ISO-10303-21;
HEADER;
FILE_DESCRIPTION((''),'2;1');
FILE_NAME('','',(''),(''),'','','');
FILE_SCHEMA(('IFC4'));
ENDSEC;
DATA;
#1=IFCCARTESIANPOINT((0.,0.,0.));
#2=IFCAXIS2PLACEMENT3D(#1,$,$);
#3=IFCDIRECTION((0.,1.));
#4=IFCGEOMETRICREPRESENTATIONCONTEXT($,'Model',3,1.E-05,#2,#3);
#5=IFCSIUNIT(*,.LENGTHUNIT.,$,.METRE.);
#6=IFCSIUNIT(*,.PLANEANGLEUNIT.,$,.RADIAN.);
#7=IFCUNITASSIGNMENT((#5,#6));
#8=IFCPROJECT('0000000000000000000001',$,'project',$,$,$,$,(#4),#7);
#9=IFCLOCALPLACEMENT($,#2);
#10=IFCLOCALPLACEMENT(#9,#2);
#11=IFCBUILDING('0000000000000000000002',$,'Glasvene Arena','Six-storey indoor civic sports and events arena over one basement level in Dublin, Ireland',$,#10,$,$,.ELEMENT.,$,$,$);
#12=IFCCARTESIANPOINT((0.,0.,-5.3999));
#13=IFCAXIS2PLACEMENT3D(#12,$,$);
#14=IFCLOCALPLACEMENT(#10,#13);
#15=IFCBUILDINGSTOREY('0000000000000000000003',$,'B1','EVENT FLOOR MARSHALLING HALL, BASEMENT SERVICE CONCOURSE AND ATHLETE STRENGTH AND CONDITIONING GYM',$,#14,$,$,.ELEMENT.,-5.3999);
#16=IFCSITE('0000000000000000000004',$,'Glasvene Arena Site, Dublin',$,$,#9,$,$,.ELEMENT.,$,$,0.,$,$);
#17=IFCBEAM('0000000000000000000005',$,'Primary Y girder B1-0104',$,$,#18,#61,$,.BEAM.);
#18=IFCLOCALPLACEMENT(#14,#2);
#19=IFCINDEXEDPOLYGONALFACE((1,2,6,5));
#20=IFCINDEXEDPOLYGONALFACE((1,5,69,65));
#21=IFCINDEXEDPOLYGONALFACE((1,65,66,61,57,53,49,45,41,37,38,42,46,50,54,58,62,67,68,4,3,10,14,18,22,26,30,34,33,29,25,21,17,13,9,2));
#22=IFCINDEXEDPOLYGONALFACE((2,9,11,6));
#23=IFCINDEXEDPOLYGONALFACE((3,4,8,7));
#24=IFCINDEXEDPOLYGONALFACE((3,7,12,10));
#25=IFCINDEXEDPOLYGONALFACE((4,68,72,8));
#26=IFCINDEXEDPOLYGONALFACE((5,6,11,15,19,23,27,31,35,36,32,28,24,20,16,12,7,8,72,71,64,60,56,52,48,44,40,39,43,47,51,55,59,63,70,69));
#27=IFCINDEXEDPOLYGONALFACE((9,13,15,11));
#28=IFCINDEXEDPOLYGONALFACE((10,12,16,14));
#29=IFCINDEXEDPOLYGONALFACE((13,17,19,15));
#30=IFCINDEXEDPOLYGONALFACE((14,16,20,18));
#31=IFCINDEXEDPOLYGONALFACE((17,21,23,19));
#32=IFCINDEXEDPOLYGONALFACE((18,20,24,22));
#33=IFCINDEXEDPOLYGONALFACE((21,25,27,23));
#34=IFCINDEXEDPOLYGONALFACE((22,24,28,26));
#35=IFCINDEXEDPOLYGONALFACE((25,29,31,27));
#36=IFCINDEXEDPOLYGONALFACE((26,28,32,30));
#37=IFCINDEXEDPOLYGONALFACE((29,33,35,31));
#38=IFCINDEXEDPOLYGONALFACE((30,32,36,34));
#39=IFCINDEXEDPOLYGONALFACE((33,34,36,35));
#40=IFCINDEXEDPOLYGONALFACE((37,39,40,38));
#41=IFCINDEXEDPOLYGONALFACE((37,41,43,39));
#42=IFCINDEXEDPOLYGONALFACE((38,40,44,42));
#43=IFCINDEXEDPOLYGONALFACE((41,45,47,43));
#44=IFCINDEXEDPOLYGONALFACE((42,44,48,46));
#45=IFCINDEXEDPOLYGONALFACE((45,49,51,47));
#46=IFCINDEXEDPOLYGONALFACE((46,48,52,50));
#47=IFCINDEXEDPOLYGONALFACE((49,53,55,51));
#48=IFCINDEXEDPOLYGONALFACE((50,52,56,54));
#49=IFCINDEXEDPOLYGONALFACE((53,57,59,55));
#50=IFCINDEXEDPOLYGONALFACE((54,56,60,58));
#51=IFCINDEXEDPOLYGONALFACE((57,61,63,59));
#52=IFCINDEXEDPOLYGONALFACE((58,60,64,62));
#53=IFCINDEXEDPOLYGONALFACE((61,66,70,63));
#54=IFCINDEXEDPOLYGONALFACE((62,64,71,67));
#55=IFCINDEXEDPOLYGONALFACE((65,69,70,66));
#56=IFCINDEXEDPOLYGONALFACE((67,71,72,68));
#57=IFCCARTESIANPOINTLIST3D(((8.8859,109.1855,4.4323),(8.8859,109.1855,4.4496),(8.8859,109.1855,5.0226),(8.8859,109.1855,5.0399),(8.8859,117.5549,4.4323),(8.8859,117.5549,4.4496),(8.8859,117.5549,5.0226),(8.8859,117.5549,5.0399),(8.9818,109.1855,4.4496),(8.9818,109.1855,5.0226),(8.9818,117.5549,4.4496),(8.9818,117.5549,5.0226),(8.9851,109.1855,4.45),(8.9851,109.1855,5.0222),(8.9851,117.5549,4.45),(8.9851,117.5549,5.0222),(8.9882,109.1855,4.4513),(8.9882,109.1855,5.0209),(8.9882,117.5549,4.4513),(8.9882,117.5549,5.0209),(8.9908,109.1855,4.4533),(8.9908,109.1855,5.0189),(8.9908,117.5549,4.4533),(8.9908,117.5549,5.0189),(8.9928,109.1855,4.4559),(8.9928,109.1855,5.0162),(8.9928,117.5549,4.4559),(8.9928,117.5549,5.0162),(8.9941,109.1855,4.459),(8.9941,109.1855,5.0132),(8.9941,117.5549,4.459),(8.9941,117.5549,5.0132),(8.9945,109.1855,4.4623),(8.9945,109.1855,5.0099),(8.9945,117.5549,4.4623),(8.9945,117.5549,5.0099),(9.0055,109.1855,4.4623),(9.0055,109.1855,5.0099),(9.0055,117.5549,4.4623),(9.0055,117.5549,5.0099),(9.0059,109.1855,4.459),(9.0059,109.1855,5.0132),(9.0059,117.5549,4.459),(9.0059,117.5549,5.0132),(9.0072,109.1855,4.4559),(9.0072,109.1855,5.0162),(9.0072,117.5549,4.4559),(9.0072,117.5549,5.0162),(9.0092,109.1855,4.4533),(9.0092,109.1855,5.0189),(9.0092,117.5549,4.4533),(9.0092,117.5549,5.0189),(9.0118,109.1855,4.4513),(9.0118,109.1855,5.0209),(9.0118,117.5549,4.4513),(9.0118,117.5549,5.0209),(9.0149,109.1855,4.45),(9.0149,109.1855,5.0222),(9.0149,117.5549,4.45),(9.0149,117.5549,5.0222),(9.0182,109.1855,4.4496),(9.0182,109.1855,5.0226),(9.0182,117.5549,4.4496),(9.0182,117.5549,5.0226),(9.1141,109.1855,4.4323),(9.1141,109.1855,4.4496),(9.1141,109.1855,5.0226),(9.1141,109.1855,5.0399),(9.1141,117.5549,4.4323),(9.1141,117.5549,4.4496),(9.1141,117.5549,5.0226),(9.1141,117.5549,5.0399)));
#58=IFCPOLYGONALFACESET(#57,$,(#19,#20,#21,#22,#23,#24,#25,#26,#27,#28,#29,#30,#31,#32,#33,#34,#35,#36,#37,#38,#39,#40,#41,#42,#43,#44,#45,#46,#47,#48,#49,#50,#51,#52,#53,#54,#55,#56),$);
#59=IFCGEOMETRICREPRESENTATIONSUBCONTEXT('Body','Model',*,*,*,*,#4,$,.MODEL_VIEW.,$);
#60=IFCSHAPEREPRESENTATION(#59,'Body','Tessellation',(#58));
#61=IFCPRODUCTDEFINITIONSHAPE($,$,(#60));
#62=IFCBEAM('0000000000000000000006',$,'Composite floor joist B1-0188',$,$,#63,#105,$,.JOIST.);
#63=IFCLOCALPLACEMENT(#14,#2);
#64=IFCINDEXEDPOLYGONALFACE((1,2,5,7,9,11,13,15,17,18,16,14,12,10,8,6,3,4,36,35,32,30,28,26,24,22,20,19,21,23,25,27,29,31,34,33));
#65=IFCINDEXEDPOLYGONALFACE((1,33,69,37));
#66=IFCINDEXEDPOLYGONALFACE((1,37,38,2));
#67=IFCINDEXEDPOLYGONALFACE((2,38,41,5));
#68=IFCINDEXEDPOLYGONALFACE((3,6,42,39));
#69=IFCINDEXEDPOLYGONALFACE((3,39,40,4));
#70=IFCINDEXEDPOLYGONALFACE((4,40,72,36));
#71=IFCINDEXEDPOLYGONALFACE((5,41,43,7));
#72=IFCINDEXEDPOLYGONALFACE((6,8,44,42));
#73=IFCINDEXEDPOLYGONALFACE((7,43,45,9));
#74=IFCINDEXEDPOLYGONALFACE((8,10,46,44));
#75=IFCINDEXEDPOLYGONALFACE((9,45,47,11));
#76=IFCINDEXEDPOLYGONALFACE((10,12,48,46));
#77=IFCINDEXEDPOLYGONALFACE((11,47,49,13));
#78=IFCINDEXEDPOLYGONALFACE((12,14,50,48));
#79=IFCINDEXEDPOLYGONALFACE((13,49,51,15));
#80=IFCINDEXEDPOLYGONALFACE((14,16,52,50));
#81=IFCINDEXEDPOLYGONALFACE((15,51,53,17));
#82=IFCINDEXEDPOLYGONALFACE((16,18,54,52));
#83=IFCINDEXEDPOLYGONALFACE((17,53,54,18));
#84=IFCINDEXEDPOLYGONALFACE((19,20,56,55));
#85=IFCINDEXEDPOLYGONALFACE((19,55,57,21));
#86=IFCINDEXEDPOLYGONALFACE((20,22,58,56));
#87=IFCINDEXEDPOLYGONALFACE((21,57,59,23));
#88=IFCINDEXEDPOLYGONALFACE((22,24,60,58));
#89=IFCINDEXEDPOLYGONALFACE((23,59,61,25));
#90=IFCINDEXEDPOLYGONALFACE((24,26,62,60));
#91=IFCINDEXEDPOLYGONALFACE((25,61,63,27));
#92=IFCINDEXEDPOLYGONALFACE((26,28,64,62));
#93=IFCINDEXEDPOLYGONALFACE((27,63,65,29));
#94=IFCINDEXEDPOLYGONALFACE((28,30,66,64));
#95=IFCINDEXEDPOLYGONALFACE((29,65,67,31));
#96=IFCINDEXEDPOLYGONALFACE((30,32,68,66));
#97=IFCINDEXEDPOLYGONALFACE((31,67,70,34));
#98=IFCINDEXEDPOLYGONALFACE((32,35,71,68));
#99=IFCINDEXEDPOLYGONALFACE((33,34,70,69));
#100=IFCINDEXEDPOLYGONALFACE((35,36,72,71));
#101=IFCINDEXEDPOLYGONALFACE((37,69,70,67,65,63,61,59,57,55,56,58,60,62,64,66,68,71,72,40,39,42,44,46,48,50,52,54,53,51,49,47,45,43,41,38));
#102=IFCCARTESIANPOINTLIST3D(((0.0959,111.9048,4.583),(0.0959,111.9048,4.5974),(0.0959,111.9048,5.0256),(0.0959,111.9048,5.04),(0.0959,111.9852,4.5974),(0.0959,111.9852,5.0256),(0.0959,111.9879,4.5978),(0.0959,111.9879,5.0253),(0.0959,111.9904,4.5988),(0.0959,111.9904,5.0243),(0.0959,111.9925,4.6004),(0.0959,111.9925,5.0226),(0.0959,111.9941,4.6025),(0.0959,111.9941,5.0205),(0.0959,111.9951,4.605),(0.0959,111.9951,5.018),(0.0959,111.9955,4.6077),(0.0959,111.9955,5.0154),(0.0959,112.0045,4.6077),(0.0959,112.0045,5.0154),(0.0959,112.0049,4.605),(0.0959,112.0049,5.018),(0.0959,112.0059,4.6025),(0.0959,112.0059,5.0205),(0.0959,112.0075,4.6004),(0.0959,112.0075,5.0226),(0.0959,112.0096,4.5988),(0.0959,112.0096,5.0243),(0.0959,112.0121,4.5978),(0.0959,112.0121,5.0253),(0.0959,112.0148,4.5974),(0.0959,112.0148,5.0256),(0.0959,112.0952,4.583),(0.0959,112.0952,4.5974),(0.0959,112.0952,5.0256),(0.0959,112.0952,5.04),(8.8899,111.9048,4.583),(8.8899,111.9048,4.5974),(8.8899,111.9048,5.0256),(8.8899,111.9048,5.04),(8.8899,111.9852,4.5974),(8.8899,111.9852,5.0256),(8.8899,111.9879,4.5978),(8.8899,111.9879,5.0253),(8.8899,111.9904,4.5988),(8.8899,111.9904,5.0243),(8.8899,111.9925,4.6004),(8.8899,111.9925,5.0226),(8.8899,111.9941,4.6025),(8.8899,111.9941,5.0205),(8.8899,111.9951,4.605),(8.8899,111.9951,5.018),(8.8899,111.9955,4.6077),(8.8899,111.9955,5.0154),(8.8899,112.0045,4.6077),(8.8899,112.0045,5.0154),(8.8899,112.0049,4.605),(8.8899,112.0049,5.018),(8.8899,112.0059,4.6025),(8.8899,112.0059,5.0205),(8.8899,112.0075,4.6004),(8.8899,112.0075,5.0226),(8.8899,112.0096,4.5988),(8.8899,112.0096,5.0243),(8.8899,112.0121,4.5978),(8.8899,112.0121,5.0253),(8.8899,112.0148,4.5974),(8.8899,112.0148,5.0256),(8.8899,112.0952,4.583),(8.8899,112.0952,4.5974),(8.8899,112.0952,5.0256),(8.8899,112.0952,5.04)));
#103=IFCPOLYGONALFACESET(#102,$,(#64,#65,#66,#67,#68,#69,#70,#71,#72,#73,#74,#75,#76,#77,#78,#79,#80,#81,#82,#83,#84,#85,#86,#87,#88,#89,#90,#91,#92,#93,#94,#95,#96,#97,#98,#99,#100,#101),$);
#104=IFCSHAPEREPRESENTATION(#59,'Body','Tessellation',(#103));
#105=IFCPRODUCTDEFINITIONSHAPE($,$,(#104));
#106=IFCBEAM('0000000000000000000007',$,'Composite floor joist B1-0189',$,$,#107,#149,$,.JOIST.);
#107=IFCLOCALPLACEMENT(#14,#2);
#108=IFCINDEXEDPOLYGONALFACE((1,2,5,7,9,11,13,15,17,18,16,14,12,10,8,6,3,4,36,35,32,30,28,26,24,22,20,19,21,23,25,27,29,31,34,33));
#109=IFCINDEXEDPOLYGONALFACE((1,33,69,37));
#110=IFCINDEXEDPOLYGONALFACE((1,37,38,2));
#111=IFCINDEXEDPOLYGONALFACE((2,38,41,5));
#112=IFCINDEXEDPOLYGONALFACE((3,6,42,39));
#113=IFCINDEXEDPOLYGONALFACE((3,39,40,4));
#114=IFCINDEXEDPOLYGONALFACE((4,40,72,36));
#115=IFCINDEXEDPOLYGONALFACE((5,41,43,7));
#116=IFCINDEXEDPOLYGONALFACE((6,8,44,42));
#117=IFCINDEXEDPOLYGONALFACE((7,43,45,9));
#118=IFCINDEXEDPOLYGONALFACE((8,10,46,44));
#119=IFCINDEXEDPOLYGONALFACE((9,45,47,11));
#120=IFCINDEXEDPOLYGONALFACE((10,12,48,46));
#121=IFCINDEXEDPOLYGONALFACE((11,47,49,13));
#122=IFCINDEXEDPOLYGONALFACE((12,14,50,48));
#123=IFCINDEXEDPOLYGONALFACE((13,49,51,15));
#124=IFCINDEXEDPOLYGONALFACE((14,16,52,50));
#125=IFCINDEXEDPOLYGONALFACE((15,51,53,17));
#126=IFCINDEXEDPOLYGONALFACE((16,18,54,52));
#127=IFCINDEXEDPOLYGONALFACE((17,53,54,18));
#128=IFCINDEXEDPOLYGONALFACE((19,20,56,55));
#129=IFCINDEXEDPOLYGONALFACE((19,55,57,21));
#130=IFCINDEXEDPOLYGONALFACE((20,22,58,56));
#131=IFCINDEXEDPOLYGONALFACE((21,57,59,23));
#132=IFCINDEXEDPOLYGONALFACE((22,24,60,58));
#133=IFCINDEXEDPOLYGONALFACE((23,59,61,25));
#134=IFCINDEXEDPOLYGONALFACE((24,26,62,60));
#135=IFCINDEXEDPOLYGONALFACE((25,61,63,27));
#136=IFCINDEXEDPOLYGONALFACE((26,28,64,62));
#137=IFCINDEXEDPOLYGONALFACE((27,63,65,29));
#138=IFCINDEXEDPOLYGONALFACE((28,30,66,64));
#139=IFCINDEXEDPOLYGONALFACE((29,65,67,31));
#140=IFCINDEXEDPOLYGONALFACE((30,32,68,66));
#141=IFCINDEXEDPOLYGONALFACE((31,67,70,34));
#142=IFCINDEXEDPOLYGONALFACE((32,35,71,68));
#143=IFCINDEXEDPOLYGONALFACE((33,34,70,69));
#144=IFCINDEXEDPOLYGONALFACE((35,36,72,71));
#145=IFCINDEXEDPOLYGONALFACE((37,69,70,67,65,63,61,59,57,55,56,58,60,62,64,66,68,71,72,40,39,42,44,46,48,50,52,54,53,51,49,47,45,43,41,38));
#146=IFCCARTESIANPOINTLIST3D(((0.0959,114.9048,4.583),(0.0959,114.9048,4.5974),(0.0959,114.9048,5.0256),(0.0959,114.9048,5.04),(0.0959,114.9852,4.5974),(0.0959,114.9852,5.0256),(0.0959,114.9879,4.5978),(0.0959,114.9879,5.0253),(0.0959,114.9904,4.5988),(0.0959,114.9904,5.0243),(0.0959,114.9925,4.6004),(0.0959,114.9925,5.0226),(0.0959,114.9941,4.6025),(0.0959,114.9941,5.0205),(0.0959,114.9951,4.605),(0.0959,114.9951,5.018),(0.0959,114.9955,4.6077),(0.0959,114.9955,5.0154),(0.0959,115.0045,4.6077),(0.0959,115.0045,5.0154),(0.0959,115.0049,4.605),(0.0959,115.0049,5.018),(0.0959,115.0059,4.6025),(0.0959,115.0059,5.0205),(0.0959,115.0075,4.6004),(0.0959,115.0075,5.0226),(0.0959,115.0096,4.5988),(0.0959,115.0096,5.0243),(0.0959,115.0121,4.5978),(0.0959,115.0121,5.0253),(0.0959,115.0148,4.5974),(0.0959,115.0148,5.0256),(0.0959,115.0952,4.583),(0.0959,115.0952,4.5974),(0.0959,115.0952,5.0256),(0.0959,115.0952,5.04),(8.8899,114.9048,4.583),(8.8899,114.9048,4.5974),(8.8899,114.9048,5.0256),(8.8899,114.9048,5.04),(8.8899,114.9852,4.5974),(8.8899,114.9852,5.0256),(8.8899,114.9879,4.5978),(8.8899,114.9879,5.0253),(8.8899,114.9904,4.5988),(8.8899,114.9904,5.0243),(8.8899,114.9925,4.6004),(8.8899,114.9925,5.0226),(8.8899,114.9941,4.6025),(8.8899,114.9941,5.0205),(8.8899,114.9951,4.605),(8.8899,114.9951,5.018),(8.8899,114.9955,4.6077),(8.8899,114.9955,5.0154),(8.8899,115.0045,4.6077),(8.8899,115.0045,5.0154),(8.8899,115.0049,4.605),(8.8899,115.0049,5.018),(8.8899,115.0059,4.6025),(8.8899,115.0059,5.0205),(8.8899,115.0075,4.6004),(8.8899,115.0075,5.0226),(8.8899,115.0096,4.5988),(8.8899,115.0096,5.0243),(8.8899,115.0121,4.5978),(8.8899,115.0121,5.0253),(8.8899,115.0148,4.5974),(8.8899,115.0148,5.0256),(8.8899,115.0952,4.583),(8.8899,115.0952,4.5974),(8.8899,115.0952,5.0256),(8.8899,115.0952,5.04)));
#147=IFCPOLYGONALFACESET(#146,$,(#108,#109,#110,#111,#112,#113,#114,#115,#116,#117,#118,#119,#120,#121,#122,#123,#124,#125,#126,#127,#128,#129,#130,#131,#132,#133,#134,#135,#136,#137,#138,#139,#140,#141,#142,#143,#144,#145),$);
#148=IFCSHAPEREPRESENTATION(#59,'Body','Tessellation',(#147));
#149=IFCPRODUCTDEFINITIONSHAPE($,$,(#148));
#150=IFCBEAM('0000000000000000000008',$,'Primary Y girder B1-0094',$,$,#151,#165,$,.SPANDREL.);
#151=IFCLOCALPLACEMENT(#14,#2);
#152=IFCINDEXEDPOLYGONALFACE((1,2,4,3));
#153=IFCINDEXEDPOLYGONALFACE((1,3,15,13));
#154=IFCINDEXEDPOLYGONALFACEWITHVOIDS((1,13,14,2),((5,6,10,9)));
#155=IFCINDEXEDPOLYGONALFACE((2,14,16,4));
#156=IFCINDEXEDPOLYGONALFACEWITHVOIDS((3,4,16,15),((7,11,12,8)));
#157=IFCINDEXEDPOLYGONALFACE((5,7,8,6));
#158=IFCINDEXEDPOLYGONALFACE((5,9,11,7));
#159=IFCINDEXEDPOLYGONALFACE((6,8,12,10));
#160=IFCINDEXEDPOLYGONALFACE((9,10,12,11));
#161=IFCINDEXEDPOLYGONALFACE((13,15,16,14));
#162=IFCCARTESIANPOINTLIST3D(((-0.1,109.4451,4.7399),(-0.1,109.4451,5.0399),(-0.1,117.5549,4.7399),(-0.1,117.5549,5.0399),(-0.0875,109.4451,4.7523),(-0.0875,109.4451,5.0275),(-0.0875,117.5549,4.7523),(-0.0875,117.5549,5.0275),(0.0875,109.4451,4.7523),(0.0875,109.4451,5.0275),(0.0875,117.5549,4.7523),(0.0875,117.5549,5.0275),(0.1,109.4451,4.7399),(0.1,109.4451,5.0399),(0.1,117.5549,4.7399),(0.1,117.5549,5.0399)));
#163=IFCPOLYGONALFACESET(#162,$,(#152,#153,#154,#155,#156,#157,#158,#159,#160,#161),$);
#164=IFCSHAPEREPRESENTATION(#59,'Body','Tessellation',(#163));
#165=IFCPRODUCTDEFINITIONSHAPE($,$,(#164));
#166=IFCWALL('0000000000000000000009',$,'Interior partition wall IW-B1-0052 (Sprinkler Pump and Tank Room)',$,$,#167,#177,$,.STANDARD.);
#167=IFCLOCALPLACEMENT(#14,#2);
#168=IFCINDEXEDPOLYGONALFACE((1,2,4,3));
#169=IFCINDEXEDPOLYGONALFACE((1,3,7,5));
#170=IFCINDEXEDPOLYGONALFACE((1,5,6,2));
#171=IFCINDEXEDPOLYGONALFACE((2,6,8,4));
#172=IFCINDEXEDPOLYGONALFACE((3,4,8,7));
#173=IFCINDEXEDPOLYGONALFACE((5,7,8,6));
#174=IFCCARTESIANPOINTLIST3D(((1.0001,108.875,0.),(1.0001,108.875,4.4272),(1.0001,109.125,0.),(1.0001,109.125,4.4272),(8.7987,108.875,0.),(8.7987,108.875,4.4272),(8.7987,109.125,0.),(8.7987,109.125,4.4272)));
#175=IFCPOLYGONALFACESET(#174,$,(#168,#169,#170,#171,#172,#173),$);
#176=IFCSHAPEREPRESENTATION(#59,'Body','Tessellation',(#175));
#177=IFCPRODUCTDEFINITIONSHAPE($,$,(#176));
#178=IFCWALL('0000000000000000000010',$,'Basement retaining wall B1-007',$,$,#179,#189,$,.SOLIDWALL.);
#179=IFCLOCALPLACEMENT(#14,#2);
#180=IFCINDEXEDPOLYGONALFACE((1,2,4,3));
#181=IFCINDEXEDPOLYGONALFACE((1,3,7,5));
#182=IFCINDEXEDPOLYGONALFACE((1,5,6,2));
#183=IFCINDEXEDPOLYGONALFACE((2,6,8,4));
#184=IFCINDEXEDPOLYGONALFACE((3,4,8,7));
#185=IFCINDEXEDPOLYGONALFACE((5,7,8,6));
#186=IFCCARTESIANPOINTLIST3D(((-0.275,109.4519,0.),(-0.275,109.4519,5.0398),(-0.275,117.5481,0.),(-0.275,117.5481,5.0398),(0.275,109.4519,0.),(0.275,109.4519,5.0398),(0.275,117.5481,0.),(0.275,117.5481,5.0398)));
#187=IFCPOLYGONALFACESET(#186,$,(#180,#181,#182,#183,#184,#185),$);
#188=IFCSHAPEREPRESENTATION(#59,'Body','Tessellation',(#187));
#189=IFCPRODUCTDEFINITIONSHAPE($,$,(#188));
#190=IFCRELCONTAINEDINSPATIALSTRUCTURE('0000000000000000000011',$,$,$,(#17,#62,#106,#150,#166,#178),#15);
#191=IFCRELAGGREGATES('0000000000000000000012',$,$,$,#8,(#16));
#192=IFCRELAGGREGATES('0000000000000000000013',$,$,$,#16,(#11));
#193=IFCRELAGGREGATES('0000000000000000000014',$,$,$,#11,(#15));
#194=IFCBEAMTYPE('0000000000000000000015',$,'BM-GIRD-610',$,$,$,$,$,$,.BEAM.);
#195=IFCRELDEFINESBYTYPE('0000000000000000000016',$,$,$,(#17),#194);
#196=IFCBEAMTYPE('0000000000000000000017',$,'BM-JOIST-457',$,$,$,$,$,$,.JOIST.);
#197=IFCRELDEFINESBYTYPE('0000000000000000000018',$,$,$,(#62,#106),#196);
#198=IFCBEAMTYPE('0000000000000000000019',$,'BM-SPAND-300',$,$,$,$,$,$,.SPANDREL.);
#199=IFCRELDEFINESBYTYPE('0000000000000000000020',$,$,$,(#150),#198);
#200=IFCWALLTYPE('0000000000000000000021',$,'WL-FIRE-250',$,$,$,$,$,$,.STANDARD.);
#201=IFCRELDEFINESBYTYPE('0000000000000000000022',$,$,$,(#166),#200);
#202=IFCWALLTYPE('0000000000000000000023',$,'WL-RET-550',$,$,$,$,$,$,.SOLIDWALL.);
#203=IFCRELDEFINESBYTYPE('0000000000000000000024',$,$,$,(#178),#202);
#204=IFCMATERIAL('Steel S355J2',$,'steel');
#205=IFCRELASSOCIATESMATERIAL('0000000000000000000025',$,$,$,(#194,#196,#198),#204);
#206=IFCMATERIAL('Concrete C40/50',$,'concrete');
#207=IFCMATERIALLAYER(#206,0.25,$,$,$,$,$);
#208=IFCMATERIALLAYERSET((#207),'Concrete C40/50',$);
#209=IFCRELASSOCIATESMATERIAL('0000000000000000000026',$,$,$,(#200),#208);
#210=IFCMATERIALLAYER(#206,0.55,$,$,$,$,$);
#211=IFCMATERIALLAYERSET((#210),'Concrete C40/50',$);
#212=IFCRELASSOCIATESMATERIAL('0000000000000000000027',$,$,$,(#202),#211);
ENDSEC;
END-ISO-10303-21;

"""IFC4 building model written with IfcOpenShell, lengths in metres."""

from ifc_helpers import new_model, si_unit, direction, frame, frame_2d, origin, origin_2d, place, context, subcontext, project, spatial, rectangle, hollow_rectangle, i_section, extrude, material, layer, layer_set, material_profile, profile_set, type_object, element, save


model = new_model("IFC4")

# Units and contexts
model_context = context("Model", 3, precision=1e-05, world=origin(), true_north=direction((0.0, 1.0)))
body_context = subcontext(model_context, "Body", "Model", "MODEL_VIEW")
ifc_project = project(units=[si_unit("LENGTHUNIT", "METRE"), si_unit("PLANEANGLEUNIT", "RADIAN")], contexts=[model_context])

# Site, building, storey
site_placement = place(None, origin())
site = spatial("IfcSite", under=ifc_project, at=site_placement, Name="Glasvene Arena Site, Dublin", CompositionType="ELEMENT", RefElevation=0.0)
building_placement = place(site_placement, origin())
building = spatial("IfcBuilding", under=site, at=building_placement, Name="Glasvene Arena", Description="Six-storey indoor civic sports and events arena over one basement level in Dublin, Ireland", CompositionType="ELEMENT")
storey_placement = place(building_placement, frame((0.0, 0.0, -5.3999)))
storey = spatial("IfcBuildingStorey", under=building, at=storey_placement, Name="B1", Description="EVENT FLOOR MARSHALLING HALL, BASEMENT SERVICE CONCOURSE AND ATHLETE STRENGTH AND CONDITIONING GYM", CompositionType="ELEMENT", Elevation=-5.3999)

# Shared definitions
ifc_material_1 = material(Name="Concrete C40/50", Category="concrete")

# Shared definitions
ifc_material_2 = material(Name="Steel S355J2", Category="steel")

# Beams
ifc_material_profile_1 = material_profile(ifc_material_2, i_section(OverallWidth=0.2283, OverallDepth=0.6077, WebThickness=0.011, FlangeThickness=0.0173, FilletRadius=0.0127, at=origin_2d()), Name="UKB 610x229x113")
ifc_profile_set_1 = profile_set([ifc_material_profile_1], Name="Steel S355J2")
beam_type_1 = type_object("IfcBeamType", Name="BM-GIRD-610", PredefinedType="BEAM", material=ifc_profile_set_1)
beam_1_placement = place(storey_placement, frame((9.0, 109.1855, 4.7361), z_axis=(0.0, 1.0, 0.0), x_axis=(-1.0, 0.0, 0.0)))
element("IfcBeam", 1, at=beam_1_placement, inside=storey, type_object=beam_type_1, Name="Primary Y girder B1-0104", PredefinedType="BEAM", context=body_context, shape_type="SweptSolid", body=[
    extrude(i_section(OverallWidth=0.2283, OverallDepth=0.6077, WebThickness=0.011, FlangeThickness=0.0173, FilletRadius=0.0127, at=origin_2d()), origin(), (0.0, 0.0, 1.0), 8.3694),
])
ifc_material_profile_2 = material_profile(ifc_material_2, i_section(OverallWidth=0.1904, OverallDepth=0.457, WebThickness=0.009, FlangeThickness=0.0144, FilletRadius=0.0103, at=origin_2d()), Name="UKB 457x191x74")
ifc_profile_set_2 = profile_set([ifc_material_profile_2], Name="Steel S355J2")
beam_type_2 = type_object("IfcBeamType", Name="BM-JOIST-457", PredefinedType="JOIST", material=ifc_profile_set_2)
for number, where, z_axis, x_axis, name in (
    (2, (0.0959, 112.0, 4.8115), (1.0, 0.0, 0.0), (0.0, 1.0, 0.0), "Composite floor joist B1-0188"),
    (3, (0.0959, 115.0, 4.8115), (1.0, 0.0, 0.0), (0.0, 1.0, 0.0), "Composite floor joist B1-0189"),
):
    element("IfcBeam", number, at=place(storey_placement, frame(where, z_axis=z_axis, x_axis=x_axis)), inside=storey, type_object=beam_type_2, Name=name, PredefinedType="JOIST", context=body_context, shape_type="SweptSolid", body=[
        extrude(i_section(OverallWidth=0.1904, OverallDepth=0.457, WebThickness=0.009, FlangeThickness=0.0144, FilletRadius=0.0103, at=origin_2d()), origin(), (0.0, 0.0, 1.0), 8.7939),
    ])
ifc_material_profile_3 = material_profile(ifc_material_2, hollow_rectangle(XDim=0.2, YDim=0.3, WallThickness=0.0125, at=origin_2d()), Name="RHS 300x200x12.5")
ifc_profile_set_3 = profile_set([ifc_material_profile_3], Name="Steel S355J2")
beam_type_3 = type_object("IfcBeamType", Name="BM-SPAND-300", PredefinedType="SPANDREL", material=ifc_profile_set_3)
beam_2_placement = place(storey_placement, frame((0.0, 109.4451, 4.8899), z_axis=(0.0, 1.0, 0.0), x_axis=(-1.0, 0.0, 0.0)))
element("IfcBeam", 4, at=beam_2_placement, inside=storey, type_object=beam_type_3, Name="Primary Y girder B1-0094", PredefinedType="SPANDREL", context=body_context, shape_type="SweptSolid", body=[
    extrude(hollow_rectangle(XDim=0.2, YDim=0.3, WallThickness=0.0125, at=origin_2d()), origin(), (0.0, 0.0, 1.0), 8.1099),
])

# Walls
ifc_layer_1 = layer(ifc_material_1, 0.25)
ifc_layer_set_1 = layer_set([ifc_layer_1], Name="Concrete C40/50")
wall_type_1 = type_object("IfcWallType", Name="WL-FIRE-250", PredefinedType="STANDARD", material=ifc_layer_set_1)
wall_placement = place(storey_placement, frame((1.0, 109.0, 0.0), z_axis=(0.0, 0.0, 1.0), x_axis=(1.0, 0.0, 0.0)))
element("IfcWall", 5, at=wall_placement, inside=storey, type_object=wall_type_1, Name="Interior partition wall IW-B1-0052 (Sprinkler Pump and Tank Room)", PredefinedType="STANDARD", context=body_context, shape_type="SweptSolid", body=[
    extrude(rectangle(XDim=7.7986, YDim=0.25, at=frame_2d((3.8994, 0.0))), origin(), (0.0, 0.0, 1.0), 4.4272),
])
ifc_layer_2 = layer(ifc_material_1, 0.55)
ifc_layer_set_2 = layer_set([ifc_layer_2], Name="Concrete C40/50")
wall_type_2 = type_object("IfcWallType", Name="WL-RET-550", PredefinedType="SOLIDWALL", material=ifc_layer_set_2)
for number, where, z_axis, x_axis, name in (
    (6, (0.0, 109.4519, 0.0), (0.0, 0.0, 1.0), (0.0, 1.0, 0.0), "Basement retaining wall B1-007"),
):
    element("IfcWall", number, at=place(storey_placement, frame(where, z_axis=z_axis, x_axis=x_axis)), inside=storey, type_object=wall_type_2, Name=name, PredefinedType="SOLIDWALL", context=body_context, shape_type="SweptSolid", body=[
        extrude(rectangle(XDim=8.0962, YDim=0.55, at=frame_2d((4.0481, 0.0))), origin(), (0.0, 0.0, 1.0), 5.0398),
    ])

save(model, "model.ifc")
